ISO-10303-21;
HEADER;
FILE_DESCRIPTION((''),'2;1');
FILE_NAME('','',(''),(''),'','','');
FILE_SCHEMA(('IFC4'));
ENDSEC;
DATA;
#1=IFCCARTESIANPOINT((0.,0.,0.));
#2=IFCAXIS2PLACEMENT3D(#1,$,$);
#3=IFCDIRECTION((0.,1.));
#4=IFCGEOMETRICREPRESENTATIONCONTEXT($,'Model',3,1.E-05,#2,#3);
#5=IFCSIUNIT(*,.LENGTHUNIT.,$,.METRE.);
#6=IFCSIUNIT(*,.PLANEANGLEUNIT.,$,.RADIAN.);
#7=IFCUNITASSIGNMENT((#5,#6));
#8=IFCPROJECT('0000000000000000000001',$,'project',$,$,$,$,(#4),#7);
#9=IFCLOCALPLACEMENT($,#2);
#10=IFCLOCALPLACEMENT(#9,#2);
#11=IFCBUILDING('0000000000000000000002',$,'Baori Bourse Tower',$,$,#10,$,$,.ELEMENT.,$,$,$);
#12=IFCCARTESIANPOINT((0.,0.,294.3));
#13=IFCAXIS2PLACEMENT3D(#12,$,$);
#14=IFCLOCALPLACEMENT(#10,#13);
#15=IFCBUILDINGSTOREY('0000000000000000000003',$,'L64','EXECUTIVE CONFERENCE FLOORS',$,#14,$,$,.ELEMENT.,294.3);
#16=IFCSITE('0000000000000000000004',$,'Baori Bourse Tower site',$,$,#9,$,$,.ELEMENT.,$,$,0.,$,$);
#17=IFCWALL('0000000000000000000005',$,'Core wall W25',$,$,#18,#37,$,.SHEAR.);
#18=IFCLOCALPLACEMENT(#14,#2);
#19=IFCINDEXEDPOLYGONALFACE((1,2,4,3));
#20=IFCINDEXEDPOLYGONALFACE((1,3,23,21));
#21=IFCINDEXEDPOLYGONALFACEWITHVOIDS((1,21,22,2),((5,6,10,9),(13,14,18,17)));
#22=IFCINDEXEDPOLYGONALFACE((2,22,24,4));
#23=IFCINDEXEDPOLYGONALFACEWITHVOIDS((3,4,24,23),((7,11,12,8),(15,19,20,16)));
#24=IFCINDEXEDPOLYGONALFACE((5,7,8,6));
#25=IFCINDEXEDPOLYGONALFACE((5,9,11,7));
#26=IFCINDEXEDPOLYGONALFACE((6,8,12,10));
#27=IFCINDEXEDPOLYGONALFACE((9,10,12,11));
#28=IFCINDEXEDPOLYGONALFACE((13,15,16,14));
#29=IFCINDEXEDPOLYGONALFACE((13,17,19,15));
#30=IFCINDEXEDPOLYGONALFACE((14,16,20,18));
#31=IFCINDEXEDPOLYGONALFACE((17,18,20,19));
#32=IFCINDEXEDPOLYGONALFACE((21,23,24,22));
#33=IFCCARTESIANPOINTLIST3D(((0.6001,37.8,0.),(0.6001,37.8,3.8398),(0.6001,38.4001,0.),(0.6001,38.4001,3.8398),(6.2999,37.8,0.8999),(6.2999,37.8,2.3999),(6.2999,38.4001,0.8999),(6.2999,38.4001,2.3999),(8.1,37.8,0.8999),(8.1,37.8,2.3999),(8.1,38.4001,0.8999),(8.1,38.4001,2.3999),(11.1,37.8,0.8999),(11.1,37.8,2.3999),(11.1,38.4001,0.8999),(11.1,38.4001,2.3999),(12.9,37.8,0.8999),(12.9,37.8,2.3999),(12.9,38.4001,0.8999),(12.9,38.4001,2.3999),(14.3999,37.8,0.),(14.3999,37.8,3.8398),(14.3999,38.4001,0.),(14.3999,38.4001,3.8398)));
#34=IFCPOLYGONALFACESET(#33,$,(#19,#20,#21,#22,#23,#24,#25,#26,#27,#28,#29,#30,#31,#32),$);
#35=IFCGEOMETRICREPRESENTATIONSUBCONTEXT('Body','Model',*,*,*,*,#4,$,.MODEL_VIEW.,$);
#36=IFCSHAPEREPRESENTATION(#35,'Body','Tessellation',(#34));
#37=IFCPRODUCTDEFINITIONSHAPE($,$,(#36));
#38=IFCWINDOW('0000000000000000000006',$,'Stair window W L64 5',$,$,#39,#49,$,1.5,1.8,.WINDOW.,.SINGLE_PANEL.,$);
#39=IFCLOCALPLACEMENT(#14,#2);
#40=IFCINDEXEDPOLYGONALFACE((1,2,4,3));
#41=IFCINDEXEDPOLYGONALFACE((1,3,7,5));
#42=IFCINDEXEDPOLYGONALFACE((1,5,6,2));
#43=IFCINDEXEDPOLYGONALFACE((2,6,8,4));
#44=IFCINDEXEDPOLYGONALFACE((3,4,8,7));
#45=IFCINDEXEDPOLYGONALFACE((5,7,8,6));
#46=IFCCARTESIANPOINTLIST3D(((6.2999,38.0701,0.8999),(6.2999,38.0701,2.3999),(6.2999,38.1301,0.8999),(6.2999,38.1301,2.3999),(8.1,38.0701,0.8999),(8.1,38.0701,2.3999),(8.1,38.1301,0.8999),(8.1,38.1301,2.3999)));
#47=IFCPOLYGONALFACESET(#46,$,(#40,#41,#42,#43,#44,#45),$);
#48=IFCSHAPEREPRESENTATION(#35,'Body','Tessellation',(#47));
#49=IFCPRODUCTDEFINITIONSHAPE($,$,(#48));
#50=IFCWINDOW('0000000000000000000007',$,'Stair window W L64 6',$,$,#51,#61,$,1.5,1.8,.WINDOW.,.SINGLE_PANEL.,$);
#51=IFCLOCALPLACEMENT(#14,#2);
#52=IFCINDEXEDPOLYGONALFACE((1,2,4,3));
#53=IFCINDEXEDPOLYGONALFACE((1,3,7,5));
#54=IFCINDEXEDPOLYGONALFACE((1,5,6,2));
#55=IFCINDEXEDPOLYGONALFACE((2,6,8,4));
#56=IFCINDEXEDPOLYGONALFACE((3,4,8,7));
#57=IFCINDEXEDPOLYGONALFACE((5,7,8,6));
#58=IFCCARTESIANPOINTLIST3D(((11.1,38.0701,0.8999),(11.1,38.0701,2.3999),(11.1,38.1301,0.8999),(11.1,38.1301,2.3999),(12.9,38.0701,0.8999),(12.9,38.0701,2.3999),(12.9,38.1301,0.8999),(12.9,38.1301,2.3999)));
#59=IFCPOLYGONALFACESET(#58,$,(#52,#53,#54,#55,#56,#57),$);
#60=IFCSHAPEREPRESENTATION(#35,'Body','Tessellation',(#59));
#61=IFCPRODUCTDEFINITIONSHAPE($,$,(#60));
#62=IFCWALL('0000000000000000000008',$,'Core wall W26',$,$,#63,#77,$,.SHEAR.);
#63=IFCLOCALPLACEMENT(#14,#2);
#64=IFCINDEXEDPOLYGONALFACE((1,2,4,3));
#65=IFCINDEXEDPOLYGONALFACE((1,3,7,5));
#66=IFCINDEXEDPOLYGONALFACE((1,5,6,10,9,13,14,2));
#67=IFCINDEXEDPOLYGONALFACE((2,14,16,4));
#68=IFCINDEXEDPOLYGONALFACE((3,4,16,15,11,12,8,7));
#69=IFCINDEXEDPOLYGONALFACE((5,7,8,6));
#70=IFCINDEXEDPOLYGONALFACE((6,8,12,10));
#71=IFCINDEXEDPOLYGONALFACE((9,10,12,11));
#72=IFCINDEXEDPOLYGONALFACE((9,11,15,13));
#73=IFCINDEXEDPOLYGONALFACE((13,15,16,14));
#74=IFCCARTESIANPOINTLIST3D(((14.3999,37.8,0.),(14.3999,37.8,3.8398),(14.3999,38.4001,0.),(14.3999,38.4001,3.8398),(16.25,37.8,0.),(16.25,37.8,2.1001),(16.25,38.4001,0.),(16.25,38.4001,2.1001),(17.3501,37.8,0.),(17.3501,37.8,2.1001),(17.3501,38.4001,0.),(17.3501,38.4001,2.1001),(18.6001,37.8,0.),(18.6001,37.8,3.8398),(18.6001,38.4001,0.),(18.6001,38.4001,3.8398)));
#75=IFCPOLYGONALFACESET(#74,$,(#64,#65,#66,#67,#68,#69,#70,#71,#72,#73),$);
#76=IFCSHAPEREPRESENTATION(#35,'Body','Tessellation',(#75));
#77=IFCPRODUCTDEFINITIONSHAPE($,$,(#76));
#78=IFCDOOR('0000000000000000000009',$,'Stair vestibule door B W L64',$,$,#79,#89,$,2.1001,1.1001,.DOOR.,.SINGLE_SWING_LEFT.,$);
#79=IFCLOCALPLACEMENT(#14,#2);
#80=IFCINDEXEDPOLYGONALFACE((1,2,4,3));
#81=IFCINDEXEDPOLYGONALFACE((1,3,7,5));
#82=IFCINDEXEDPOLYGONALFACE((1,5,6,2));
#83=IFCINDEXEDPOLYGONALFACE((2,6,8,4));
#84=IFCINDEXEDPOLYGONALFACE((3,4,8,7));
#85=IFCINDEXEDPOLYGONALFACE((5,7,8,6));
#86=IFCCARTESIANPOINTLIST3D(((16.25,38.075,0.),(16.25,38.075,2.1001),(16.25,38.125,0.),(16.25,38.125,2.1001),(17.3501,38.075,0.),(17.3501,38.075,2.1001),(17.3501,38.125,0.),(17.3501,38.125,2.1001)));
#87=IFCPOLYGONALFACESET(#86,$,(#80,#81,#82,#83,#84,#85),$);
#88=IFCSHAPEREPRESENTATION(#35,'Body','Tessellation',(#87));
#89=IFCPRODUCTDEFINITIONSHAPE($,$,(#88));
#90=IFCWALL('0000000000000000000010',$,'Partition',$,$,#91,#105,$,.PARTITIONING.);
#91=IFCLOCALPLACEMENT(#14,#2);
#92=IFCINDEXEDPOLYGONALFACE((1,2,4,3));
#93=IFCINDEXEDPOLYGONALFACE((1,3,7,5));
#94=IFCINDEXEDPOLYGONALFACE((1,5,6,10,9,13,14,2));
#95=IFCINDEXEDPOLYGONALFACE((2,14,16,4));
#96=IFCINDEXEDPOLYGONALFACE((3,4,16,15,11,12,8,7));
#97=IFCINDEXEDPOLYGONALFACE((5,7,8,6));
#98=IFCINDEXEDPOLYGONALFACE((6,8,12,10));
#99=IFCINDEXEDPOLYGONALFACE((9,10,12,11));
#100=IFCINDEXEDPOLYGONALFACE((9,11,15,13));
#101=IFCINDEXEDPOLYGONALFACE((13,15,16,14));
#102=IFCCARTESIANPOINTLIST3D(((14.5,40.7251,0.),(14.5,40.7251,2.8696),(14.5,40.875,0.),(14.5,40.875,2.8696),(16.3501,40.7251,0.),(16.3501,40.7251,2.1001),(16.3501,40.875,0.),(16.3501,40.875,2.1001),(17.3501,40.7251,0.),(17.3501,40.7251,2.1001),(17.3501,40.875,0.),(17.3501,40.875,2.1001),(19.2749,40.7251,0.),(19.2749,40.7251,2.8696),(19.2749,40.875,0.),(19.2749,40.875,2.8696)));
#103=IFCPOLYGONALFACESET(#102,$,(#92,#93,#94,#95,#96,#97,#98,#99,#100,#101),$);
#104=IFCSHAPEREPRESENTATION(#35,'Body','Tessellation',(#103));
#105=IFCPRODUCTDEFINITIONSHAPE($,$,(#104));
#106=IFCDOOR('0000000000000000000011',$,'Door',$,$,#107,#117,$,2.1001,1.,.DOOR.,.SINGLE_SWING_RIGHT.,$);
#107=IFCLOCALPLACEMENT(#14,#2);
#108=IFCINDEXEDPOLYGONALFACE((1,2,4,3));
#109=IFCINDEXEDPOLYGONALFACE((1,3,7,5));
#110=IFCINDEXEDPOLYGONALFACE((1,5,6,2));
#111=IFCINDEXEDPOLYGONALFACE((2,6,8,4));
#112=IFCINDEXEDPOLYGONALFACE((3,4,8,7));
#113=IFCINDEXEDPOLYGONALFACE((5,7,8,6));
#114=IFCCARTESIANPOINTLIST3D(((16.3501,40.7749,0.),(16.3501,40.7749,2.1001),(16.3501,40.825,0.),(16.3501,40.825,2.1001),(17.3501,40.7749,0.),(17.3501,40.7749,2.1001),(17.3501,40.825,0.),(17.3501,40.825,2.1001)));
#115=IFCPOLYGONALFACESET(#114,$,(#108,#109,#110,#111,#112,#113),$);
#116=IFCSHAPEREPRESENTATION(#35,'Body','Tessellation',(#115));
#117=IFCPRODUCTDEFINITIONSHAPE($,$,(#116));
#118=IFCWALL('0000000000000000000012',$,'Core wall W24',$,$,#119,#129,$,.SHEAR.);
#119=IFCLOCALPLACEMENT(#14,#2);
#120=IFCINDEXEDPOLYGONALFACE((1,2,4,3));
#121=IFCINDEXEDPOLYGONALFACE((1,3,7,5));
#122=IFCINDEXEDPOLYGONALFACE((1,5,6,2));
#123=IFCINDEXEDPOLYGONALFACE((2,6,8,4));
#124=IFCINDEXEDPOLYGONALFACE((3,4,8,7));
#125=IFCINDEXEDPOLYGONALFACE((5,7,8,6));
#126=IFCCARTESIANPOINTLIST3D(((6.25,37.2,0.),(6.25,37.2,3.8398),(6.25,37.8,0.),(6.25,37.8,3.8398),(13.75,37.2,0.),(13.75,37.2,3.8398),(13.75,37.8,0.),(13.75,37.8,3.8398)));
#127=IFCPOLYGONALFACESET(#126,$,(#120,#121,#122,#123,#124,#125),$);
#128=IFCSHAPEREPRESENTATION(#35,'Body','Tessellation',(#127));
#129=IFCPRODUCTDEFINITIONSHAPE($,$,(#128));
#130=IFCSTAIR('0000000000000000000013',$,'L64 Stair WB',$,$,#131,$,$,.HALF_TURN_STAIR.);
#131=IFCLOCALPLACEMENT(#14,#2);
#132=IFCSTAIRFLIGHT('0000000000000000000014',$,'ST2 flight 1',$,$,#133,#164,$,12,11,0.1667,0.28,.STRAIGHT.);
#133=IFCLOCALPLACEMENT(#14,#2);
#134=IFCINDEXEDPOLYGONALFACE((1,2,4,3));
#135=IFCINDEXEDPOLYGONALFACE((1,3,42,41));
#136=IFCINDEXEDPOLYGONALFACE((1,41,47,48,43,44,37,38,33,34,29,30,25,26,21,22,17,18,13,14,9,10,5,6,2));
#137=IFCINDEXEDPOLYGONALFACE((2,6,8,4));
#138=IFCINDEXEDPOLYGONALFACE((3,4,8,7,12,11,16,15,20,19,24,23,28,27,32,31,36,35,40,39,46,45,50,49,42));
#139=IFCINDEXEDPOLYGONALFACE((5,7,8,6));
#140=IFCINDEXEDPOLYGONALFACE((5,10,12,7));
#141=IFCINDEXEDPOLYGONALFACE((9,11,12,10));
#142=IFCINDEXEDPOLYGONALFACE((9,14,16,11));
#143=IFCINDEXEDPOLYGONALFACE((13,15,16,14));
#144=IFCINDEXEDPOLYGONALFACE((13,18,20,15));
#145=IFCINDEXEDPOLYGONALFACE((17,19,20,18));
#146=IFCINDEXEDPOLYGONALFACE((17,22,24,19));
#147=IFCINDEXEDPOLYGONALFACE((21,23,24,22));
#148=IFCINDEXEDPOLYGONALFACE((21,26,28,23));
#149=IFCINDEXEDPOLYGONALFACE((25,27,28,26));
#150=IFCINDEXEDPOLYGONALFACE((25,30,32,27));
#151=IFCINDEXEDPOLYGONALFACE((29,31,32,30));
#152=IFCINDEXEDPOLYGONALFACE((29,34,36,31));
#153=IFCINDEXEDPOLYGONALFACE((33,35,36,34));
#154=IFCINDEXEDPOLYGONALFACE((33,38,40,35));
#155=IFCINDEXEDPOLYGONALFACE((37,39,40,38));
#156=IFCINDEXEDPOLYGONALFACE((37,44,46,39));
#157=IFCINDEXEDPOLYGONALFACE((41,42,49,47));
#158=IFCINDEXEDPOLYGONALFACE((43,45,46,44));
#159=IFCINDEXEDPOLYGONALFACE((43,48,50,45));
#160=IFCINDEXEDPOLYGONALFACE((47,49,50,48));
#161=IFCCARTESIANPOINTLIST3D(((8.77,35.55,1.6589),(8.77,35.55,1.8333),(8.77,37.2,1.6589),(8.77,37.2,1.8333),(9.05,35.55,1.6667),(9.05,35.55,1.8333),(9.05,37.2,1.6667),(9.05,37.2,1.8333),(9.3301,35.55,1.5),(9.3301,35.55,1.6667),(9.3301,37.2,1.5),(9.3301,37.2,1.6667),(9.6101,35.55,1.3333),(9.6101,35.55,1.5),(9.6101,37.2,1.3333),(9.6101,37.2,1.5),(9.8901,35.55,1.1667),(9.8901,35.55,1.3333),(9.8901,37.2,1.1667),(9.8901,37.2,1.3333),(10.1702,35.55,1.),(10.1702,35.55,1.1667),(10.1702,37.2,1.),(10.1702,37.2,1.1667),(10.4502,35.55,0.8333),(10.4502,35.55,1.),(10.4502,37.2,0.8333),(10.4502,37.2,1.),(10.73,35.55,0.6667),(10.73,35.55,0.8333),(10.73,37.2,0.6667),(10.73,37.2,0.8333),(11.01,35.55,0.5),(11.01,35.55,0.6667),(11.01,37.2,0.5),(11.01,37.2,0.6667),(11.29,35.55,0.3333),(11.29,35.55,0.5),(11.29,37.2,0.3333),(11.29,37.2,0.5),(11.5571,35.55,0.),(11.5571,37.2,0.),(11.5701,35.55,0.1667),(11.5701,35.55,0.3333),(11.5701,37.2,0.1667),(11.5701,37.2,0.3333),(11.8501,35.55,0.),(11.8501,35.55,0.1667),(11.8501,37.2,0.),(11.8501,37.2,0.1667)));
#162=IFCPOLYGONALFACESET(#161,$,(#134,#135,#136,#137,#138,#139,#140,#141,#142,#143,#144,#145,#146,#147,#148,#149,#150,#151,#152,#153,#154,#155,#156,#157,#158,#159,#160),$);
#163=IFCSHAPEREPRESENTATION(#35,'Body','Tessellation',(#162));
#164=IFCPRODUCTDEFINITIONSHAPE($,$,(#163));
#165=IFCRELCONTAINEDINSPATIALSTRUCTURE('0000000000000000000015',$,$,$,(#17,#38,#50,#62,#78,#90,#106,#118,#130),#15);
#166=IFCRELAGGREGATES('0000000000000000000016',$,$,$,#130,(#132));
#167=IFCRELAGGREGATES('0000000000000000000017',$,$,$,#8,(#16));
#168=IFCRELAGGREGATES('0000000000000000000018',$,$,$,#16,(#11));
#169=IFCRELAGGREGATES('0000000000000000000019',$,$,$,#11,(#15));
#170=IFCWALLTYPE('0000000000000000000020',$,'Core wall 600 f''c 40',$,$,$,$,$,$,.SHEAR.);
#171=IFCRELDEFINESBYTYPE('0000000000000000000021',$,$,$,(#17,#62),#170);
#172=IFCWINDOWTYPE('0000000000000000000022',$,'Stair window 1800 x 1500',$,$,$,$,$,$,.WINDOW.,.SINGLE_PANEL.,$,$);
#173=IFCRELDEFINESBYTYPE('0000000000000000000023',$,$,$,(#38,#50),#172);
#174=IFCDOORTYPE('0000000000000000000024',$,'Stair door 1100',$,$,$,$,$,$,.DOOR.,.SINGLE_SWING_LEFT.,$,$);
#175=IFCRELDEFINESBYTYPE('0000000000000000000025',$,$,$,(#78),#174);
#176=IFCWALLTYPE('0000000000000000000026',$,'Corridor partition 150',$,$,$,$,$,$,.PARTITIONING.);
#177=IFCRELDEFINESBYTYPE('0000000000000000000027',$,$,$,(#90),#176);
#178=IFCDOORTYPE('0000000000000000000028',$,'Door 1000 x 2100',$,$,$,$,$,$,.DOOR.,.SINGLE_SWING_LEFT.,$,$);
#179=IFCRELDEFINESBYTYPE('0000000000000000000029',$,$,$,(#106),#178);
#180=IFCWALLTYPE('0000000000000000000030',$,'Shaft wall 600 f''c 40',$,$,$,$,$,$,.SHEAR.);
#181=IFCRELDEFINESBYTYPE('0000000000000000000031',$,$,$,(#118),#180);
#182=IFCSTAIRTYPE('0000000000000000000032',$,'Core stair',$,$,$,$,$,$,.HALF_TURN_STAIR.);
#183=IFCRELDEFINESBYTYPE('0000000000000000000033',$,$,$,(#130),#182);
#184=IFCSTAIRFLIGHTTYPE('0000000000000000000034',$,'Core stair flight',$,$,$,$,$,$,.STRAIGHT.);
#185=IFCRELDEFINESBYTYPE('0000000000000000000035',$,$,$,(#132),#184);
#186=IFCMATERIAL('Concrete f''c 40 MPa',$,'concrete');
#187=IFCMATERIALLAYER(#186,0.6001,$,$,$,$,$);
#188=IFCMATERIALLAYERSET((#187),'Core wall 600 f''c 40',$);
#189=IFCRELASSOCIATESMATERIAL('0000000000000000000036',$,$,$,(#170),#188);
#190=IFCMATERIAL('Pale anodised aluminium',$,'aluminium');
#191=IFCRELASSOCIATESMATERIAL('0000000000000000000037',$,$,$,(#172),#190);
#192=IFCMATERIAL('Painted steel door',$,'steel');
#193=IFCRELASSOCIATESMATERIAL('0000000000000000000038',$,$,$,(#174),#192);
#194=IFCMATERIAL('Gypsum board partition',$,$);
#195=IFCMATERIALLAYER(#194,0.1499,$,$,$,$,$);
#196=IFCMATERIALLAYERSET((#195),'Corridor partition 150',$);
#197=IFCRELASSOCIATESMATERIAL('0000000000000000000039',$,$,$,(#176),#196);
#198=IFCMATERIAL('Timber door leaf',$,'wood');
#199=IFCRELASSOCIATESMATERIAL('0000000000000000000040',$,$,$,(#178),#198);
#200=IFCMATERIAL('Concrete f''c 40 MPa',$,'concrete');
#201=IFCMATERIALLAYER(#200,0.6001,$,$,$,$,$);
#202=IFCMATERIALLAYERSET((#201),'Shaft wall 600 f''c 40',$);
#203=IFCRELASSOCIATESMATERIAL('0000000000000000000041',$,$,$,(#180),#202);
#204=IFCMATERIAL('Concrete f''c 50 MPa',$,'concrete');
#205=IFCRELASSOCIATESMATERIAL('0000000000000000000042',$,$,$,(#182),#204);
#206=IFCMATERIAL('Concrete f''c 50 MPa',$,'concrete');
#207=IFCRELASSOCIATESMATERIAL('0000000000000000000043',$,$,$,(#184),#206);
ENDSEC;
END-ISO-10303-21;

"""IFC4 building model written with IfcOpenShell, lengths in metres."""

from ifc_helpers import new_model, si_unit, direction, frame, frame_2d, origin, place, context, subcontext, project, spatial, polyline, rectangle, outline, extrude, material, layer, layer_set, type_object, element, fill, aggregate, save


model = new_model("IFC4")

# Units and contexts
model_context = context("Model", 3, precision=1e-05, world=origin(), true_north=direction((0.0, 1.0)))
body_context = subcontext(model_context, "Body", "Model", "MODEL_VIEW")
ifc_project = project(units=[si_unit("LENGTHUNIT", "METRE"), si_unit("PLANEANGLEUNIT", "RADIAN")], contexts=[model_context])

# Site, building, storey
site_placement = place(None, origin())
site = spatial("IfcSite", under=ifc_project, at=site_placement, Name="Baori Bourse Tower site", CompositionType="ELEMENT", RefElevation=0.0)
building_placement = place(site_placement, origin())
building = spatial("IfcBuilding", under=site, at=building_placement, Name="Baori Bourse Tower", CompositionType="ELEMENT")
storey_placement = place(building_placement, frame((0.0, 0.0, 294.3)))
storey = spatial("IfcBuildingStorey", under=building, at=storey_placement, Name="L64", Description="EXECUTIVE CONFERENCE FLOORS", CompositionType="ELEMENT", Elevation=294.3)

# Wall, openings, windows
ifc_material_1 = material(Name="Concrete f'c 40 MPa", Category="concrete")
ifc_layer_1 = layer(ifc_material_1, 0.6001)
ifc_layer_set_1 = layer_set([ifc_layer_1], Name="Core wall 600 f'c 40")
wall_type_1 = type_object("IfcWallType", Name="Core wall 600 f'c 40", PredefinedType="SHEAR", material=ifc_layer_set_1)
wall_1_placement = place(storey_placement, frame((0.6001, 38.1001, 0.0), z_axis=(0.0, 0.0, 1.0), x_axis=(1.0, 0.0, 0.0)))
wall_1 = element("IfcWall", 1, at=wall_1_placement, inside=storey, type_object=wall_type_1, Name="Core wall W25", PredefinedType="SHEAR", context=body_context, shape_type="SweptSolid", body=[
    extrude(rectangle(XDim=13.7998, YDim=0.6001, at=frame_2d((6.8999, 0.0))), origin(), (0.0, 0.0, 1.0), 3.8398),
])
opening_1_placement = place(wall_1_placement, frame((5.7, 0.0, 0.8999)))
opening_1 = element("IfcOpeningElement", 2, at=opening_1_placement, cuts=wall_1, PredefinedType="OPENING", context=body_context, shape_type="SweptSolid", body=[
    extrude(rectangle(XDim=1.8, YDim=1.5, at=frame_2d((0.8999, 0.75))), frame((0.0, 0.3101, 0.0), z_axis=(0.0, -1.0, 0.0), x_axis=(1.0, 0.0, 0.0)), (0.0, 0.0, 1.0), 0.6201),
])
opening_2_placement = place(wall_1_placement, frame((10.5, 0.0, 0.8999)))
opening_2 = element("IfcOpeningElement", 3, at=opening_2_placement, cuts=wall_1, PredefinedType="OPENING", context=body_context, shape_type="SweptSolid", body=[
    extrude(rectangle(XDim=1.8, YDim=1.5, at=frame_2d((0.8999, 0.75))), frame((0.0, 0.3101, 0.0), z_axis=(0.0, -1.0, 0.0), x_axis=(1.0, 0.0, 0.0)), (0.0, 0.0, 1.0), 0.6201),
])
ifc_material_2 = material(Name="Pale anodised aluminium", Category="aluminium")
window_type = type_object("IfcWindowType", Name="Stair window 1800 x 1500", PartitioningType="SINGLE_PANEL", PredefinedType="WINDOW", material=ifc_material_2)
window_1_placement = place(opening_1_placement, origin())
window_1 = element("IfcWindow", 4, at=window_1_placement, inside=storey, type_object=window_type, Name="Stair window W L64 5", OverallHeight=1.5, OverallWidth=1.8, PartitioningType="SINGLE_PANEL", PredefinedType="WINDOW", context=body_context, shape_type="SweptSolid", body=[
    extrude(rectangle(XDim=1.8, YDim=1.5, at=frame_2d((0.8999, 0.75))), frame((0.0, 0.03, 0.0), z_axis=(0.0, -1.0, 0.0), x_axis=(1.0, 0.0, 0.0)), (0.0, 0.0, 1.0), 0.0601),
])
fill(opening_1, window_1)
window_2_placement = place(opening_2_placement, origin())
window_2 = element("IfcWindow", 5, at=window_2_placement, inside=storey, type_object=window_type, Name="Stair window W L64 6", OverallHeight=1.5, OverallWidth=1.8, PartitioningType="SINGLE_PANEL", PredefinedType="WINDOW", context=body_context, shape_type="SweptSolid", body=[
    extrude(rectangle(XDim=1.8, YDim=1.5, at=frame_2d((0.8999, 0.75))), frame((0.0, 0.03, 0.0), z_axis=(0.0, -1.0, 0.0), x_axis=(1.0, 0.0, 0.0)), (0.0, 0.0, 1.0), 0.0601),
])
fill(opening_2, window_2)

# Walls, openings, doors
wall_2_placement = place(storey_placement, frame((14.3999, 38.1001, 0.0), z_axis=(0.0, 0.0, 1.0), x_axis=(1.0, 0.0, 0.0)))
wall_2 = element("IfcWall", 6, at=wall_2_placement, inside=storey, type_object=wall_type_1, Name="Core wall W26", PredefinedType="SHEAR", context=body_context, shape_type="SweptSolid", body=[
    extrude(rectangle(XDim=4.2002, YDim=0.6001, at=frame_2d((2.1001, 0.0))), origin(), (0.0, 0.0, 1.0), 3.8398),
])
opening_3_placement = place(wall_2_placement, frame((1.8501, 0.0, 0.0)))
opening_3 = element("IfcOpeningElement", 7, at=opening_3_placement, cuts=wall_2, PredefinedType="OPENING", context=body_context, shape_type="SweptSolid", body=[
    extrude(rectangle(XDim=1.1001, YDim=2.1001, at=frame_2d((0.55, 1.05))), frame((0.0, 0.3101, 0.0), z_axis=(0.0, -1.0, 0.0), x_axis=(1.0, 0.0, 0.0)), (0.0, 0.0, 1.0), 0.6201),
])
ifc_material_3 = material(Name="Painted steel door", Category="steel")
door_type_1 = type_object("IfcDoorType", Name="Stair door 1100", OperationType="SINGLE_SWING_LEFT", PredefinedType="DOOR", material=ifc_material_3)
door_1_placement = place(opening_3_placement, origin())
door_1 = element("IfcDoor", 8, at=door_1_placement, inside=storey, type_object=door_type_1, Name="Stair vestibule door B W L64", OperationType="SINGLE_SWING_LEFT", OverallHeight=2.1001, OverallWidth=1.1001, PredefinedType="DOOR", context=body_context, shape_type="SweptSolid", body=[
    extrude(rectangle(XDim=1.1001, YDim=2.1001, at=frame_2d((0.55, 1.05))), frame((0.0, 0.0249, 0.0), z_axis=(0.0, -1.0, 0.0), x_axis=(1.0, 0.0, 0.0)), (0.0, 0.0, 1.0), 0.05),
])
fill(opening_3, door_1)
ifc_material_4 = material(Name="Gypsum board partition")
ifc_layer_2 = layer(ifc_material_4, 0.1499)
ifc_layer_set_2 = layer_set([ifc_layer_2], Name="Corridor partition 150")
wall_type_2 = type_object("IfcWallType", Name="Corridor partition 150", PredefinedType="PARTITIONING", material=ifc_layer_set_2)
wall_3_placement = place(storey_placement, frame((14.5, 40.8, 0.0), z_axis=(0.0, 0.0, 1.0), x_axis=(1.0, 0.0, 0.0)))
wall_3 = element("IfcWall", 9, at=wall_3_placement, inside=storey, type_object=wall_type_2, Name="Partition", PredefinedType="PARTITIONING", context=body_context, shape_type="SweptSolid", body=[
    extrude(rectangle(XDim=4.7749, YDim=0.1499, at=frame_2d((2.3875, 0.0))), origin(), (0.0, 0.0, 1.0), 2.8696),
])
opening_4_placement = place(wall_3_placement, frame((1.8501, 0.0, 0.0)))
opening_4 = element("IfcOpeningElement", 10, at=opening_4_placement, cuts=wall_3, PredefinedType="OPENING", context=body_context, shape_type="SweptSolid", body=[
    extrude(rectangle(XDim=1.0, YDim=2.1001, at=frame_2d((0.5, 1.05))), frame((0.0, 0.085, 0.0), z_axis=(0.0, -1.0, 0.0), x_axis=(1.0, 0.0, 0.0)), (0.0, 0.0, 1.0), 0.1699),
])
ifc_material_5 = material(Name="Timber door leaf", Category="wood")
door_type_2 = type_object("IfcDoorType", Name="Door 1000 x 2100", OperationType="SINGLE_SWING_LEFT", PredefinedType="DOOR", material=ifc_material_5)
door_2_placement = place(opening_4_placement, origin())
door_2 = element("IfcDoor", 11, at=door_2_placement, inside=storey, type_object=door_type_2, Name="Door", OperationType="SINGLE_SWING_RIGHT", OverallHeight=2.1001, OverallWidth=1.0, PredefinedType="DOOR", context=body_context, shape_type="SweptSolid", body=[
    extrude(rectangle(XDim=1.0, YDim=2.1001, at=frame_2d((0.5, 1.05))), frame((0.0, 0.0249, 0.0), z_axis=(0.0, -1.0, 0.0), x_axis=(1.0, 0.0, 0.0)), (0.0, 0.0, 1.0), 0.05),
])
fill(opening_4, door_2)

# Wall
ifc_material_6 = material(Name="Concrete f'c 40 MPa", Category="concrete")
ifc_layer_3 = layer(ifc_material_6, 0.6001)
ifc_layer_set_3 = layer_set([ifc_layer_3], Name="Shaft wall 600 f'c 40")
wall_type_3 = type_object("IfcWallType", Name="Shaft wall 600 f'c 40", PredefinedType="SHEAR", material=ifc_layer_set_3)
wall_4_placement = place(storey_placement, frame((6.25, 37.5, 0.0), z_axis=(0.0, 0.0, 1.0), x_axis=(1.0, 0.0, 0.0)))
element("IfcWall", 12, at=wall_4_placement, inside=storey, type_object=wall_type_3, Name="Core wall W24", PredefinedType="SHEAR", context=body_context, shape_type="SweptSolid", body=[
    extrude(rectangle(XDim=7.5, YDim=0.6001, at=frame_2d((3.75, 0.0))), origin(), (0.0, 0.0, 1.0), 3.8398),
])

# Stair, stair flight
ifc_material_7 = material(Name="Concrete f'c 50 MPa", Category="concrete")
stair_type = type_object("IfcStairType", Name="Core stair", PredefinedType="HALF_TURN_STAIR", material=ifc_material_7)
stair_placement = place(storey_placement, origin())
stair = element("IfcStair", 13, at=stair_placement, inside=storey, type_object=stair_type, Name="L64 Stair WB", PredefinedType="HALF_TURN_STAIR")
ifc_material_8 = material(Name="Concrete f'c 50 MPa", Category="concrete")
stair_flight_type = type_object("IfcStairFlightType", Name="Core stair flight", PredefinedType="STRAIGHT", material=ifc_material_8)
stair_flight_placement = place(storey_placement, frame((11.8501, 36.375, 0.0), z_axis=(0.0, 0.0, 1.0), x_axis=(-1.0, 0.0, 0.0)))
stair_flight = element("IfcStairFlight", 14, at=stair_flight_placement, type_object=stair_flight_type, Name="ST2 flight 1", NumberOfRisers=12, NumberOfTreads=11, PredefinedType="STRAIGHT", RiserHeight=0.1667, TreadLength=0.28, context=body_context, shape_type="SweptSolid", body=[
    extrude(outline(polyline([(0.0, 0.0), (0.0, 0.1667), (0.28, 0.1667), (0.28, 0.3333), (0.5601, 0.3333), (0.5601, 0.5), (0.8401, 0.5), (0.8401, 0.6667), (1.1201, 0.6667), (1.1201, 0.8333), (1.3999, 0.8333), (1.3999, 1.0), (1.6799, 1.0), (1.6799, 1.1667), (1.96, 1.1667), (1.96, 1.3333), (2.24, 1.3333), (2.24, 1.5), (2.52, 1.5), (2.52, 1.6667), (2.8, 1.6667), (2.8, 1.8333), (3.0801, 1.8333), (3.0801, 2.0), (3.0801, 1.6589), (0.293, 0.0), (0.0, 0.0)])), frame((0.0, 0.825, 0.0), z_axis=(0.0, -1.0, 0.0), x_axis=(1.0, 0.0, 0.0)), (0.0, 0.0, 1.0), 1.6499),
])
aggregate(stair, [stair_flight])

save(model, "model.ifc")
